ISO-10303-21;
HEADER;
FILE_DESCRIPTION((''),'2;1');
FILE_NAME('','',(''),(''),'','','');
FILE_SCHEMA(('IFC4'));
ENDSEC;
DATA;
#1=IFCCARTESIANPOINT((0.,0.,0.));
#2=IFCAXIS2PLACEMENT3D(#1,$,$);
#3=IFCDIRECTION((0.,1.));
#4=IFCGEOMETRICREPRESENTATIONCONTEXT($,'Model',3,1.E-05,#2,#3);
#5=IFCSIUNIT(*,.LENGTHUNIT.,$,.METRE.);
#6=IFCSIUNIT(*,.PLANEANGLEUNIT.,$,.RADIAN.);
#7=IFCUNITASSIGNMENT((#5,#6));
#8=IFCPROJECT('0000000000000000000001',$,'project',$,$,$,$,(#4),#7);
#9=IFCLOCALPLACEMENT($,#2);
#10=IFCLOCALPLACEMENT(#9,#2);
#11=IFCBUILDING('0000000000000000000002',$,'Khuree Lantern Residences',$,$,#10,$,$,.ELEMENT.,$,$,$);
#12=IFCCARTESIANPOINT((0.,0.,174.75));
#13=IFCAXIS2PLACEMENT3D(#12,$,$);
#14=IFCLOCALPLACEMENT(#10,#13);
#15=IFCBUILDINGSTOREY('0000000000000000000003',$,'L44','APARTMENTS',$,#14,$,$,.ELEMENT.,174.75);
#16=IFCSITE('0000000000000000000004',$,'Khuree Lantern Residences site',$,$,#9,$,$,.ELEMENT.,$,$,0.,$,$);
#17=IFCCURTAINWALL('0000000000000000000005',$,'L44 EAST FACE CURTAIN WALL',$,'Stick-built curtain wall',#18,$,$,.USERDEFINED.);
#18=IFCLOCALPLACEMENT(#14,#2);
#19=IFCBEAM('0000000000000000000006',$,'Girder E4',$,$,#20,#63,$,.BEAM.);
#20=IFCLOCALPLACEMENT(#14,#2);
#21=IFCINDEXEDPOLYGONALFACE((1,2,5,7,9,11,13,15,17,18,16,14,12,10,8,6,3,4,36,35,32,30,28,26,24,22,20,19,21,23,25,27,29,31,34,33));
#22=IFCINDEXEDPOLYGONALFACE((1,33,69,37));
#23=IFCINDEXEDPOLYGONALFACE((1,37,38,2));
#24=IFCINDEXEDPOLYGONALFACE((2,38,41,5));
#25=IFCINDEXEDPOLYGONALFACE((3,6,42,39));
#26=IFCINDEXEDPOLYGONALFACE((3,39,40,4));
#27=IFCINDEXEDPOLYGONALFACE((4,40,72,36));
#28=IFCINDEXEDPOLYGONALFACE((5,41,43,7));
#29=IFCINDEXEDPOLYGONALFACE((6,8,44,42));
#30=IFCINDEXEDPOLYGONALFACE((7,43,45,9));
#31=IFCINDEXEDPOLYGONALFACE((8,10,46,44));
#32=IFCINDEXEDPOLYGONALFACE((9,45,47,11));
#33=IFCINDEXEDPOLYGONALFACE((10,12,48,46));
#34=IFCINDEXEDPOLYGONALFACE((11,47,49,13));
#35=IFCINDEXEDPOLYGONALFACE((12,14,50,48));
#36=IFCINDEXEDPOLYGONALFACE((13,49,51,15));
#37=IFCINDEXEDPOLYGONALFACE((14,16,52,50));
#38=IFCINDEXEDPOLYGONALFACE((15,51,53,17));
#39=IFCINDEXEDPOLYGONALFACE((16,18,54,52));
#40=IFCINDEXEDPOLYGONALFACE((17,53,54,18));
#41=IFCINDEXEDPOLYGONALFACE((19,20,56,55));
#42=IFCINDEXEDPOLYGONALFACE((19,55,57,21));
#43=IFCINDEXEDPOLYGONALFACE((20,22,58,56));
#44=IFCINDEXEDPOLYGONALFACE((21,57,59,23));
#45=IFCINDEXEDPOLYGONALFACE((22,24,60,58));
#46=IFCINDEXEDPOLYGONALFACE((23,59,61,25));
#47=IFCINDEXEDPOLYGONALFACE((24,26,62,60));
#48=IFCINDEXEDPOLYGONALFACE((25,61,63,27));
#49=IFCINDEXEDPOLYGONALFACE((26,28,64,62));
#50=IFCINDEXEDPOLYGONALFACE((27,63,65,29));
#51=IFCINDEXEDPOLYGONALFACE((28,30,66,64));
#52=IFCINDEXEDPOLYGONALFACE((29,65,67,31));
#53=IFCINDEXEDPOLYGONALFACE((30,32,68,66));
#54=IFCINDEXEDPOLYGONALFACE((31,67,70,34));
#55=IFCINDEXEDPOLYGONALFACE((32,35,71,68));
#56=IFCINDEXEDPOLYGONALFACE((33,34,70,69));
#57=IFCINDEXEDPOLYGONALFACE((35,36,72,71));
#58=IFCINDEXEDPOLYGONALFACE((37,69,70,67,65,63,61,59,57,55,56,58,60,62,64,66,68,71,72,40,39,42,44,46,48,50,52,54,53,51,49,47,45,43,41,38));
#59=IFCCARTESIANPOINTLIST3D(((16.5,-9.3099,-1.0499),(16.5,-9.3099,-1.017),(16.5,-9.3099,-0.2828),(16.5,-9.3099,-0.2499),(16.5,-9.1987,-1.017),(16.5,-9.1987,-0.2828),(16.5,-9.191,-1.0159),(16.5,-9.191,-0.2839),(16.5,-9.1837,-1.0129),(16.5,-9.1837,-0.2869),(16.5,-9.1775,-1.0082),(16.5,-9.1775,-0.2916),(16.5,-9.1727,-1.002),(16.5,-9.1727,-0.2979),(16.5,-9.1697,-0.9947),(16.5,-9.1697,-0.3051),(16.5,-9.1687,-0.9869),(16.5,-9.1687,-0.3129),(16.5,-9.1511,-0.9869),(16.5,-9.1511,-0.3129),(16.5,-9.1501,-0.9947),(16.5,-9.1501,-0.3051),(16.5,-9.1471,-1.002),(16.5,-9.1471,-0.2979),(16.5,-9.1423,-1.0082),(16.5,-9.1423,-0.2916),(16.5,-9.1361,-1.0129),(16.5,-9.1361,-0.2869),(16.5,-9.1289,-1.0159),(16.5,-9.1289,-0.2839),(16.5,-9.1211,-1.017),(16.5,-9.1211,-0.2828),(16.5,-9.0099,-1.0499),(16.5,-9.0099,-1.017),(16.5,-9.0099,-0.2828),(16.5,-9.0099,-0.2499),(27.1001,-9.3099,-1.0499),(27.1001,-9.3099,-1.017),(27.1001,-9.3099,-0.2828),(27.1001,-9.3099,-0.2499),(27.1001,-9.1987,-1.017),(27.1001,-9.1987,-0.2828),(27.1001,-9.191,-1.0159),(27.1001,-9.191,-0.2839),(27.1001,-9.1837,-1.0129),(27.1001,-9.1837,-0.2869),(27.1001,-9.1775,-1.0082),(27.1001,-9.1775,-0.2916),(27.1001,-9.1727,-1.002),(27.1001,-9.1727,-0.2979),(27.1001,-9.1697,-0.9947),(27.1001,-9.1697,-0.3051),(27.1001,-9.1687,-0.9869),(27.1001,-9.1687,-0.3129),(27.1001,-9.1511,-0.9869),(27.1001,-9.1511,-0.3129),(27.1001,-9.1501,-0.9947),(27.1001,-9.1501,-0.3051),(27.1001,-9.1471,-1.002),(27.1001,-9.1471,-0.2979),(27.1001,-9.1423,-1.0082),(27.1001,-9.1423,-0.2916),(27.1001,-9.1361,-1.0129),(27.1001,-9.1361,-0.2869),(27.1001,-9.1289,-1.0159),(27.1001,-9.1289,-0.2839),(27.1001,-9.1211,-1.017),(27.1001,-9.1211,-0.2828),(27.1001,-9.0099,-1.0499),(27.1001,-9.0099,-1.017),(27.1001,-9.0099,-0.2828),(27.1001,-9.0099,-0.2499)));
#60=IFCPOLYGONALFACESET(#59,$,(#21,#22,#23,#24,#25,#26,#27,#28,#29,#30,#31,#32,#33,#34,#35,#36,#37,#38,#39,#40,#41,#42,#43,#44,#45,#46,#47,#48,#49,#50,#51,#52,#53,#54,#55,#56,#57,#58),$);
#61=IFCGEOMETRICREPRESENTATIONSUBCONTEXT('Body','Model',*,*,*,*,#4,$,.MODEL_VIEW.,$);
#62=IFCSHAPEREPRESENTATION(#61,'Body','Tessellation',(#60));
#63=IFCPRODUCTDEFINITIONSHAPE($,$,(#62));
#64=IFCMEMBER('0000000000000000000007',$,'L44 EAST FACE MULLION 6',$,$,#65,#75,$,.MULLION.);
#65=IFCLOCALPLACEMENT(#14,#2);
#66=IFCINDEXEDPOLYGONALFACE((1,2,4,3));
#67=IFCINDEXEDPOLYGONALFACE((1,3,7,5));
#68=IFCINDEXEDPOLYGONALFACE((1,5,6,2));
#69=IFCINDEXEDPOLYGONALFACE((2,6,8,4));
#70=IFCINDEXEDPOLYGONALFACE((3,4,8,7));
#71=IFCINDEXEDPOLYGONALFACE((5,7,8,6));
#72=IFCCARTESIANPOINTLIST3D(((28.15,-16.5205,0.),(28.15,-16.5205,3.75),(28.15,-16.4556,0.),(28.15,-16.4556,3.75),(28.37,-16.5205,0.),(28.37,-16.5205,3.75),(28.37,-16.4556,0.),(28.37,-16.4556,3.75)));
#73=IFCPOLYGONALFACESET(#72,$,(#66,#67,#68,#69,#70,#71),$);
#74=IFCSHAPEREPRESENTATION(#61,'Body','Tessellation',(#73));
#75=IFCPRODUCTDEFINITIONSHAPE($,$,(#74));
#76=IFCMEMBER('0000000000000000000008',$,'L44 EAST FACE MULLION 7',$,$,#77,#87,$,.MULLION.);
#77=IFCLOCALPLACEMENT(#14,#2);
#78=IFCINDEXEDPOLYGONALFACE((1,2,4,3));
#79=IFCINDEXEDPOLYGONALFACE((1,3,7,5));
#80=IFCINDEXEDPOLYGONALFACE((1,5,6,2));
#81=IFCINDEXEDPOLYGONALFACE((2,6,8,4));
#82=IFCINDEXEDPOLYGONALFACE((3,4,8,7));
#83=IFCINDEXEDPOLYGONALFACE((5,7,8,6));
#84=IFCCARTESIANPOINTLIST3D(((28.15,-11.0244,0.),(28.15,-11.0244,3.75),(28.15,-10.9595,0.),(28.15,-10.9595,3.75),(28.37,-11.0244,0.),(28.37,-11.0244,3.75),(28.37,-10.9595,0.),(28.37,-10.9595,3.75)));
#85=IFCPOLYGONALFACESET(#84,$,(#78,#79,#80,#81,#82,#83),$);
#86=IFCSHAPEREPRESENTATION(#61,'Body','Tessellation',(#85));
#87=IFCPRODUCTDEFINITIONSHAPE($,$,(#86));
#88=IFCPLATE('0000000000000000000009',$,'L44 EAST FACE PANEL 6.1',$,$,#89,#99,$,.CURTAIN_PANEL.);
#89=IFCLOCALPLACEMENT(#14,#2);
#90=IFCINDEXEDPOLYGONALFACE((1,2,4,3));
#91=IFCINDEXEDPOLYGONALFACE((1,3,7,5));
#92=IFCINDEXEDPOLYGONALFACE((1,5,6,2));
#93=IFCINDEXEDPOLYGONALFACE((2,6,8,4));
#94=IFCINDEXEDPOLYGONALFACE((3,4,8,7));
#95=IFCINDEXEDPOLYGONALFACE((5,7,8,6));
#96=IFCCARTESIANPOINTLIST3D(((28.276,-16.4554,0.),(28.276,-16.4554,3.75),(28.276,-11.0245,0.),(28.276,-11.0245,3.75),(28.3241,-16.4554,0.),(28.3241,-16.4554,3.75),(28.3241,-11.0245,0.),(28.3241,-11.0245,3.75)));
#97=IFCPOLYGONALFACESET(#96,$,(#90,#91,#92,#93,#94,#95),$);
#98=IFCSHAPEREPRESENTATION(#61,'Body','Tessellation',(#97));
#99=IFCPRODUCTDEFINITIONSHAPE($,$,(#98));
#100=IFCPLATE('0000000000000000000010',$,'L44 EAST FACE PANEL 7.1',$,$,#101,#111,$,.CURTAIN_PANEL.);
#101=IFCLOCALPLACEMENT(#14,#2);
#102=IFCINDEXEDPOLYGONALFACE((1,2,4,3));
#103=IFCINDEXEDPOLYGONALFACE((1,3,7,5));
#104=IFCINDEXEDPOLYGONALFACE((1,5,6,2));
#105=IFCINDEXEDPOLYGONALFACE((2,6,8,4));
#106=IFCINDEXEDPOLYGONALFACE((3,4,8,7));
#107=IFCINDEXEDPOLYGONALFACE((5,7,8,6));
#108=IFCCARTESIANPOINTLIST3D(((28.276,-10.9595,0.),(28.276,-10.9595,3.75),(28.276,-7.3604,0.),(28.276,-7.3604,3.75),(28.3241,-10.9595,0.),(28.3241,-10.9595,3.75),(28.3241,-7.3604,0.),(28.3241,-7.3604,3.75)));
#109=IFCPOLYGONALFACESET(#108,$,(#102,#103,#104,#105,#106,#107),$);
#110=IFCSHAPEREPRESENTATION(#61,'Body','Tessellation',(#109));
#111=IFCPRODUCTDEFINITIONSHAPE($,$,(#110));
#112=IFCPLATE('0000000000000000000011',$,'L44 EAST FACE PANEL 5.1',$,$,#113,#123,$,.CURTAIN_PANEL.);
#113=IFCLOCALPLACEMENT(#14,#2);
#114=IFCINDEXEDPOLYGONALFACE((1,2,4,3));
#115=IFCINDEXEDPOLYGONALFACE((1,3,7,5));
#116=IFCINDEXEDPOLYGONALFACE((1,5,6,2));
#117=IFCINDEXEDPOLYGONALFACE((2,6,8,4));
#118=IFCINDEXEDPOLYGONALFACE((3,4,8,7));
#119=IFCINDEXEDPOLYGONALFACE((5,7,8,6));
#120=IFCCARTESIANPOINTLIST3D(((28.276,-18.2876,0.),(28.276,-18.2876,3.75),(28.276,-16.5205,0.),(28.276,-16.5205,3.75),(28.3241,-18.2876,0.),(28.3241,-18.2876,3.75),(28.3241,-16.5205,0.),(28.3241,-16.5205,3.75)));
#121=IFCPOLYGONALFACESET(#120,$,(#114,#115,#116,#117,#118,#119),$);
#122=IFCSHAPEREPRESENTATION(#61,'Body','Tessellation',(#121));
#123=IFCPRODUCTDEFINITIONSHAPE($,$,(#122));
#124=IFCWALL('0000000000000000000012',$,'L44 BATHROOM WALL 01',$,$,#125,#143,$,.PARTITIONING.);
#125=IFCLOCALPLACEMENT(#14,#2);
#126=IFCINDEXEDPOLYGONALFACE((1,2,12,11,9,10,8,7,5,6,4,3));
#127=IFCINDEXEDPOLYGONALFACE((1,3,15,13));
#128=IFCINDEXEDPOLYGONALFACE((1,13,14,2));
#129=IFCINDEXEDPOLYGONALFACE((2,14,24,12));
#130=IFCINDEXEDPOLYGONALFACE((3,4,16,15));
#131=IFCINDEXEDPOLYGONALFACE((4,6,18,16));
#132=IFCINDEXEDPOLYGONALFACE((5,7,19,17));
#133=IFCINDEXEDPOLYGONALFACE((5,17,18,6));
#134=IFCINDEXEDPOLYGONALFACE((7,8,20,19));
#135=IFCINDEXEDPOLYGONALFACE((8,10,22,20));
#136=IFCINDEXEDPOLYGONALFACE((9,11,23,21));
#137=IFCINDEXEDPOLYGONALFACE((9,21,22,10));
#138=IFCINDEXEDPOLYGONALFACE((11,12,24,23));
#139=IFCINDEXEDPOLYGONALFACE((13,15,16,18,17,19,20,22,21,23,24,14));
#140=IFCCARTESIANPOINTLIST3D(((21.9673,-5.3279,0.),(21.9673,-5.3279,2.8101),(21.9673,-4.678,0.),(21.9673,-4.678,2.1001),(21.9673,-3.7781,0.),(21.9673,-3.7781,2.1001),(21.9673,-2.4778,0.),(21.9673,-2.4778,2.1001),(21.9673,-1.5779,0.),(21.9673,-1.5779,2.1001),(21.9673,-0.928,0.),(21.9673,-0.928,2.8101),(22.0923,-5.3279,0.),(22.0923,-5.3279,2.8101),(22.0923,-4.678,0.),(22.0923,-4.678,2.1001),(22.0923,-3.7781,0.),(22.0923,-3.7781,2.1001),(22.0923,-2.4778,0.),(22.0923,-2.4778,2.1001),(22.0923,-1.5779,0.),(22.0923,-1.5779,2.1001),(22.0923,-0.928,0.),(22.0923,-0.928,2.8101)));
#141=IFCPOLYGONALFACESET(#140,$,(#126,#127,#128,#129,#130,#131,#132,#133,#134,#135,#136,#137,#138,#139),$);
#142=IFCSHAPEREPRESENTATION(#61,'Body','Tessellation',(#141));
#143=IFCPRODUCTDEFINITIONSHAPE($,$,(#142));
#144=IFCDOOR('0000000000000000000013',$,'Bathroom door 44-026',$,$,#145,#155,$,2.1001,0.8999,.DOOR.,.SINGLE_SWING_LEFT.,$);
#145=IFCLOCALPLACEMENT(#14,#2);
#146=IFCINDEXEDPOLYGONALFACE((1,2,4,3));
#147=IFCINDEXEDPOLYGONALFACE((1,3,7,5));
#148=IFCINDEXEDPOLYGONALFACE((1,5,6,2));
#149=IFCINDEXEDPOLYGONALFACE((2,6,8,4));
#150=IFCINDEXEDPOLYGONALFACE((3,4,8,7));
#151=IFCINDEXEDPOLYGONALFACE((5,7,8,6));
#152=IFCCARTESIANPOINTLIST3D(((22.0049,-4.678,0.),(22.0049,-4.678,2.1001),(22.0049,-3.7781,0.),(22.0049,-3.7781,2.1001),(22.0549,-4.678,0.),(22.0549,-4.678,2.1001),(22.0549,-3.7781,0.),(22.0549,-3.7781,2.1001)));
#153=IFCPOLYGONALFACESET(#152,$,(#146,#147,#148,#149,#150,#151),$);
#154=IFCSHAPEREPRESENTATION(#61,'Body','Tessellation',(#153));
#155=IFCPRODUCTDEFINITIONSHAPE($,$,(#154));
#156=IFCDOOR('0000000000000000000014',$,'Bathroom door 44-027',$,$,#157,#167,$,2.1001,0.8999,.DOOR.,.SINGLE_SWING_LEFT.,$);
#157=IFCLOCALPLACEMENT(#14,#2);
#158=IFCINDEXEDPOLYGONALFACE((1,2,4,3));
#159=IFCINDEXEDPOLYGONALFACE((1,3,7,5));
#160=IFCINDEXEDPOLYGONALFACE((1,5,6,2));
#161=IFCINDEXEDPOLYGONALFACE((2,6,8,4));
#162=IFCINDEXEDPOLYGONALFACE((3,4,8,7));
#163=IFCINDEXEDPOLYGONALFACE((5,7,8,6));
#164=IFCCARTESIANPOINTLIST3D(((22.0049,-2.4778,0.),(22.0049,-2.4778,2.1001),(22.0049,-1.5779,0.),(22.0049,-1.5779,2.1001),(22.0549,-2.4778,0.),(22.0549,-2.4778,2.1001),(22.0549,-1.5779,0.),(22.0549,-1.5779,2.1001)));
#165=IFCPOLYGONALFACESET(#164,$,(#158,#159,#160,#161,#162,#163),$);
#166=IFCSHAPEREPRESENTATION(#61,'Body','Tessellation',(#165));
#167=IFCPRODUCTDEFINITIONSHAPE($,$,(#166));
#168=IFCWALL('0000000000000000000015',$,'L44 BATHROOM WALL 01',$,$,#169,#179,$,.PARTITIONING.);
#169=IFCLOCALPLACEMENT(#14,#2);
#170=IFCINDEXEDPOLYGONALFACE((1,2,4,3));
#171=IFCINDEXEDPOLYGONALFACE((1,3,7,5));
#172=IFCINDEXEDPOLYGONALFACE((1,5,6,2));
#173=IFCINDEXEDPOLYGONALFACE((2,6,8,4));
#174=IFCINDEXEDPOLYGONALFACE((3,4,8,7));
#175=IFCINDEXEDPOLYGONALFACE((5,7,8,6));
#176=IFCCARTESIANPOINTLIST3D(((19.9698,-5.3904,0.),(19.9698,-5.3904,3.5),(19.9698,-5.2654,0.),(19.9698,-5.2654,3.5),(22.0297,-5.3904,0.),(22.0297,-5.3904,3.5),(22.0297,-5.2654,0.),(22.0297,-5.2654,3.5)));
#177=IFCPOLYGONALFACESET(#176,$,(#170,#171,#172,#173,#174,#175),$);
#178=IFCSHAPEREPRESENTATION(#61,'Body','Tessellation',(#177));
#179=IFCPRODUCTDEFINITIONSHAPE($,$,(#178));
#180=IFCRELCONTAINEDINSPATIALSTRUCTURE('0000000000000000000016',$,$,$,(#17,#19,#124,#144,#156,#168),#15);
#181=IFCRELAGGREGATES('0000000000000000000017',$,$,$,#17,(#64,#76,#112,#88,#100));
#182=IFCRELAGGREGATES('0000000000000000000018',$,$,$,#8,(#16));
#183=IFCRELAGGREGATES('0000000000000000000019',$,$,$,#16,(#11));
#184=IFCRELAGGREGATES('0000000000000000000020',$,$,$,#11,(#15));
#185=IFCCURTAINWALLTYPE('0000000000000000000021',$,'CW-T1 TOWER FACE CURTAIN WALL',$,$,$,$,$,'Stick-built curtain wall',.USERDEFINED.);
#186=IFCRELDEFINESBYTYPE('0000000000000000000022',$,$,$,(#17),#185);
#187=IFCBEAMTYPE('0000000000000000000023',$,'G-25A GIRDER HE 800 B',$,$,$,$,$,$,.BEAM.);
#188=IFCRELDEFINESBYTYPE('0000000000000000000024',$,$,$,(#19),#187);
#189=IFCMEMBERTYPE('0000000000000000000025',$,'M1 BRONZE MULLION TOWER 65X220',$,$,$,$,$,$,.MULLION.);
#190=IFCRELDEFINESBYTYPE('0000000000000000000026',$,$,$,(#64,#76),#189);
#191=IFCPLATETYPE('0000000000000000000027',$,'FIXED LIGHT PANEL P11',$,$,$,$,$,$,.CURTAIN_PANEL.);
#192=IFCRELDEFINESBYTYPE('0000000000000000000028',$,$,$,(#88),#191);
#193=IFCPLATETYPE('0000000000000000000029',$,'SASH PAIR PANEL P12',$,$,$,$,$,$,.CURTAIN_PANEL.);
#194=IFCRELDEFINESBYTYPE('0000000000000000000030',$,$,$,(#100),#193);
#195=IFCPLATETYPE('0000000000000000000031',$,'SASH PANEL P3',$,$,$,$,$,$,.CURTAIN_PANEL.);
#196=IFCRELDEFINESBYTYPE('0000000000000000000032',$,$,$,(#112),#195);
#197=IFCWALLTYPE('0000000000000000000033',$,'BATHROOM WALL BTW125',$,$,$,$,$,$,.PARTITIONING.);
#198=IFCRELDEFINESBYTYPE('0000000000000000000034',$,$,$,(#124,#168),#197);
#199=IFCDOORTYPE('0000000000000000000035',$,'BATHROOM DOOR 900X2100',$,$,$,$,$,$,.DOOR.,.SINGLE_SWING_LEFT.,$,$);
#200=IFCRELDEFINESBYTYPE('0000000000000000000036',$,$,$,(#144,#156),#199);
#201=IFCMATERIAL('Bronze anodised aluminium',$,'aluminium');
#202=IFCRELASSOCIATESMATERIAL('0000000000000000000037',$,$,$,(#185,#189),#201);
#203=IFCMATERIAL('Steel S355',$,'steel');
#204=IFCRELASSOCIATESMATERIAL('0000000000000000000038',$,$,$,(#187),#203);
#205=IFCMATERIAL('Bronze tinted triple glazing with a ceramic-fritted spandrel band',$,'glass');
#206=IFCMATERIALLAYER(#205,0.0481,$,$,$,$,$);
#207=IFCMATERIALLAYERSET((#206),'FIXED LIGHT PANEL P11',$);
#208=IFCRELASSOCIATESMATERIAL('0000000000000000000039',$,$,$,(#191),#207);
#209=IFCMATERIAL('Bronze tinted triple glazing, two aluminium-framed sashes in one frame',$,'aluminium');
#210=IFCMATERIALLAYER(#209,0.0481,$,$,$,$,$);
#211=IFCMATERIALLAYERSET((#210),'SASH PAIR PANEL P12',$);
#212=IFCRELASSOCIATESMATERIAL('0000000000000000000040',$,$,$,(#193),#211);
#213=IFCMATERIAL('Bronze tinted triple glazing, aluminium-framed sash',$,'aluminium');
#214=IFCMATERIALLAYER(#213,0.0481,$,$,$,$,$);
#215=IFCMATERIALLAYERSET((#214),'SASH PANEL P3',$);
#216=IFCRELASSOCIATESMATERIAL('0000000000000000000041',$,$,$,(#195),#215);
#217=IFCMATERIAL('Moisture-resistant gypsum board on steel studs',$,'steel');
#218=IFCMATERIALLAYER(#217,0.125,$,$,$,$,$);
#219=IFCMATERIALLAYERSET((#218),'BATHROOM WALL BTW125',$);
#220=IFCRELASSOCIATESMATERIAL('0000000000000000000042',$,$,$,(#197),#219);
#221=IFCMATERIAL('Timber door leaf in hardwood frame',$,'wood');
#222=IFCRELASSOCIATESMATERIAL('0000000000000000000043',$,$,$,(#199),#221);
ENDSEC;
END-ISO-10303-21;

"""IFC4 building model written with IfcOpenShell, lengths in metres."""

from ifc_helpers import new_model, si_unit, direction, frame, frame_2d, origin, origin_2d, place, context, subcontext, project, spatial, rectangle, i_section, extrude, material, layer, layer_set, material_profile, profile_set, type_object, element, fill, aggregate, save


model = new_model("IFC4")

# Units and contexts
model_context = context("Model", 3, precision=1e-05, world=origin(), true_north=direction((0.0, 1.0)))
body_context = subcontext(model_context, "Body", "Model", "MODEL_VIEW")
ifc_project = project(units=[si_unit("LENGTHUNIT", "METRE"), si_unit("PLANEANGLEUNIT", "RADIAN")], contexts=[model_context])

# Site, building, storey
site_placement = place(None, origin())
site = spatial("IfcSite", under=ifc_project, at=site_placement, Name="Khuree Lantern Residences site", CompositionType="ELEMENT", RefElevation=0.0)
building_placement = place(site_placement, origin())
building = spatial("IfcBuilding", under=site, at=building_placement, Name="Khuree Lantern Residences", CompositionType="ELEMENT")
storey_placement = place(building_placement, frame((0.0, 0.0, 174.75)))
storey = spatial("IfcBuildingStorey", under=building, at=storey_placement, Name="L44", Description="APARTMENTS", CompositionType="ELEMENT", Elevation=174.75)

# Shared definitions
ifc_material_1 = material(Name="Steel S355", Category="steel")

# Curtain wall
ifc_material_2 = material(Name="Bronze anodised aluminium", Category="aluminium")
curtain_wall_type = type_object("IfcCurtainWallType", Name="CW-T1 TOWER FACE CURTAIN WALL", ElementType="Stick-built curtain wall", PredefinedType="USERDEFINED", material=ifc_material_2)
curtain_wall_placement = place(storey_placement, origin())
curtain_wall = element("IfcCurtainWall", 1, at=curtain_wall_placement, inside=storey, type_object=curtain_wall_type, Name="L44 EAST FACE CURTAIN WALL", ObjectType="Stick-built curtain wall", PredefinedType="USERDEFINED")

# Beam
ifc_material_profile_1 = material_profile(ifc_material_1, i_section(OverallWidth=0.3, OverallDepth=0.8, WebThickness=0.0176, FlangeThickness=0.033, FilletRadius=0.03, at=origin_2d()), Name="HE 800 B")
ifc_profile_set_1 = profile_set([ifc_material_profile_1], Name="Steel S355")
beam_type_1 = type_object("IfcBeamType", Name="G-25A GIRDER HE 800 B", PredefinedType="BEAM", material=ifc_profile_set_1)
beam_1_placement = place(storey_placement, frame((27.1001, -9.1599, -0.6499), z_axis=(-1.0, 0.0, 0.0), x_axis=(0.0, -1.0, 0.0)))
element("IfcBeam", 2, at=beam_1_placement, inside=storey, type_object=beam_type_1, Name="Girder E4", PredefinedType="BEAM", context=body_context, shape_type="SweptSolid", body=[
    extrude(i_section(OverallWidth=0.3, OverallDepth=0.8, WebThickness=0.0176, FlangeThickness=0.033, FilletRadius=0.03, at=origin_2d()), origin(), (0.0, 0.0, 1.0), 10.6001),
])

# Members
ifc_material_profile_2 = material_profile(ifc_material_2, rectangle(XDim=0.0649, YDim=0.22, at=origin_2d()), Name="M1 65X220")
ifc_profile_set_2 = profile_set([ifc_material_profile_2], Name="Bronze anodised aluminium")
member_type_1 = type_object("IfcMemberType", Name="M1 BRONZE MULLION TOWER 65X220", PredefinedType="MULLION", material=ifc_profile_set_2)
member_1_placement = place(storey_placement, frame((28.26, -16.488, 0.0), z_axis=(0.0, 0.0, 1.0), x_axis=(0.0, 1.0, 0.0)))
member_1 = element("IfcMember", 3, at=member_1_placement, type_object=member_type_1, Name="L44 EAST FACE MULLION 6", PredefinedType="MULLION", context=body_context, shape_type="SweptSolid", body=[
    extrude(rectangle(XDim=0.0649, YDim=0.22, at=origin_2d()), origin(), (0.0, 0.0, 1.0), 3.75),
])
member_2_placement = place(storey_placement, frame((28.26, -10.9919, 0.0), z_axis=(0.0, 0.0, 1.0), x_axis=(0.0, 1.0, 0.0)))
member_2 = element("IfcMember", 4, at=member_2_placement, type_object=member_type_1, Name="L44 EAST FACE MULLION 7", PredefinedType="MULLION", context=body_context, shape_type="SweptSolid", body=[
    extrude(rectangle(XDim=0.0649, YDim=0.22, at=origin_2d()), origin(), (0.0, 0.0, 1.0), 3.75),
])

# Plates
ifc_material_3 = material(Name="Bronze tinted triple glazing with a ceramic-fritted spandrel band", Category="glass")
ifc_layer_1 = layer(ifc_material_3, 0.0481)
ifc_layer_set_1 = layer_set([ifc_layer_1], Name="FIXED LIGHT PANEL P11")
plate_type_1 = type_object("IfcPlateType", Name="FIXED LIGHT PANEL P11", PredefinedType="CURTAIN_PANEL", material=ifc_layer_set_1)
plate_1_placement = place(storey_placement, frame((28.3, -13.74, 0.0), z_axis=(0.0, 0.0, 1.0), x_axis=(0.0, 1.0, 0.0)))
plate_1 = element("IfcPlate", 5, at=plate_1_placement, type_object=plate_type_1, Name="L44 EAST FACE PANEL 6.1", PredefinedType="CURTAIN_PANEL", context=body_context, shape_type="SweptSolid", body=[
    extrude(rectangle(XDim=5.4309, YDim=0.0481, at=origin_2d()), origin(), (0.0, 0.0, 1.0), 3.75),
])
ifc_material_4 = material(Name="Bronze tinted triple glazing, two aluminium-framed sashes in one frame", Category="aluminium")
ifc_layer_2 = layer(ifc_material_4, 0.0481)
ifc_layer_set_2 = layer_set([ifc_layer_2], Name="SASH PAIR PANEL P12")
plate_type_2 = type_object("IfcPlateType", Name="SASH PAIR PANEL P12", PredefinedType="CURTAIN_PANEL", material=ifc_layer_set_2)
plate_2_placement = place(storey_placement, frame((28.3, -9.1599, 0.0), z_axis=(0.0, 0.0, 1.0), x_axis=(0.0, 1.0, 0.0)))
plate_2 = element("IfcPlate", 6, at=plate_2_placement, type_object=plate_type_2, Name="L44 EAST FACE PANEL 7.1", PredefinedType="CURTAIN_PANEL", context=body_context, shape_type="SweptSolid", body=[
    extrude(rectangle(XDim=3.5991, YDim=0.0481, at=origin_2d()), origin(), (0.0, 0.0, 1.0), 3.75),
])
ifc_material_5 = material(Name="Bronze tinted triple glazing, aluminium-framed sash", Category="aluminium")
ifc_layer_3 = layer(ifc_material_5, 0.0481)
ifc_layer_set_3 = layer_set([ifc_layer_3], Name="SASH PANEL P3")
plate_type_3 = type_object("IfcPlateType", Name="SASH PANEL P3", PredefinedType="CURTAIN_PANEL", material=ifc_layer_set_3)
plate_3_placement = place(storey_placement, frame((28.3, -17.4041, 0.0), z_axis=(0.0, 0.0, 1.0), x_axis=(0.0, 1.0, 0.0)))
plate_3 = element("IfcPlate", 7, at=plate_3_placement, type_object=plate_type_3, Name="L44 EAST FACE PANEL 5.1", PredefinedType="CURTAIN_PANEL", context=body_context, shape_type="SweptSolid", body=[
    extrude(rectangle(XDim=1.7671, YDim=0.0481, at=origin_2d()), origin(), (0.0, 0.0, 1.0), 3.75),
])
aggregate(curtain_wall, [member_1, member_2, plate_3, plate_1, plate_2])

# Wall, openings, doors
ifc_material_6 = material(Name="Moisture-resistant gypsum board on steel studs", Category="steel")
ifc_layer_4 = layer(ifc_material_6, 0.125)
ifc_layer_set_4 = layer_set([ifc_layer_4], Name="BATHROOM WALL BTW125")
wall_type_1 = type_object("IfcWallType", Name="BATHROOM WALL BTW125", PredefinedType="PARTITIONING", material=ifc_layer_set_4)
wall_1_placement = place(storey_placement, frame((22.0298, -5.3279, 0.0), z_axis=(0.0, 0.0, 1.0), x_axis=(0.0, 1.0, 0.0)))
wall_1 = element("IfcWall", 8, at=wall_1_placement, inside=storey, type_object=wall_type_1, Name="L44 BATHROOM WALL 01", PredefinedType="PARTITIONING", context=body_context, shape_type="SweptSolid", body=[
    extrude(rectangle(XDim=4.3999, YDim=0.125, at=frame_2d((2.2, 0.0))), origin(), (0.0, 0.0, 1.0), 2.8101),
])
opening_1_placement = place(wall_1_placement, frame((0.6499, 0.0, 0.0)))
opening_1 = element("IfcOpeningElement", 9, at=opening_1_placement, cuts=wall_1, PredefinedType="OPENING", context=body_context, shape_type="SweptSolid", body=[
    extrude(rectangle(XDim=0.8999, YDim=2.1001, at=frame_2d((0.45, 1.05))), frame((0.0, 0.0725, 0.0), z_axis=(0.0, -1.0, 0.0), x_axis=(1.0, 0.0, 0.0)), (0.0, 0.0, 1.0), 0.145),
])
opening_2_placement = place(wall_1_placement, frame((2.8501, 0.0, 0.0)))
opening_2 = element("IfcOpeningElement", 10, at=opening_2_placement, cuts=wall_1, PredefinedType="OPENING", context=body_context, shape_type="SweptSolid", body=[
    extrude(rectangle(XDim=0.8999, YDim=2.1001, at=frame_2d((0.45, 1.05))), frame((0.0, 0.0725, 0.0), z_axis=(0.0, -1.0, 0.0), x_axis=(1.0, 0.0, 0.0)), (0.0, 0.0, 1.0), 0.145),
])
ifc_material_7 = material(Name="Timber door leaf in hardwood frame", Category="wood")
door_type_1 = type_object("IfcDoorType", Name="BATHROOM DOOR 900X2100", OperationType="SINGLE_SWING_LEFT", PredefinedType="DOOR", material=ifc_material_7)
door_1_placement = place(opening_1_placement, origin())
door_1 = element("IfcDoor", 11, at=door_1_placement, inside=storey, type_object=door_type_1, Name="Bathroom door 44-026", OperationType="SINGLE_SWING_LEFT", OverallHeight=2.1001, OverallWidth=0.8999, PredefinedType="DOOR", context=body_context, shape_type="SweptSolid", body=[
    extrude(rectangle(XDim=0.8999, YDim=2.1001, at=frame_2d((0.45, 1.05))), frame((0.0, 0.0249, 0.0), z_axis=(0.0, -1.0, 0.0), x_axis=(1.0, 0.0, 0.0)), (0.0, 0.0, 1.0), 0.05),
])
fill(opening_1, door_1)
door_2_placement = place(opening_2_placement, origin())
door_2 = element("IfcDoor", 12, at=door_2_placement, inside=storey, type_object=door_type_1, Name="Bathroom door 44-027", OperationType="SINGLE_SWING_LEFT", OverallHeight=2.1001, OverallWidth=0.8999, PredefinedType="DOOR", context=body_context, shape_type="SweptSolid", body=[
    extrude(rectangle(XDim=0.8999, YDim=2.1001, at=frame_2d((0.45, 1.05))), frame((0.0, 0.0249, 0.0), z_axis=(0.0, -1.0, 0.0), x_axis=(1.0, 0.0, 0.0)), (0.0, 0.0, 1.0), 0.05),
])
fill(opening_2, door_2)

# Wall
wall_2_placement = place(storey_placement, frame((19.97, -5.3279, 0.0), z_axis=(0.0, 0.0, 1.0), x_axis=(1.0, 0.0, 0.0)))
element("IfcWall", 13, at=wall_2_placement, inside=storey, type_object=wall_type_1, Name="L44 BATHROOM WALL 01", PredefinedType="PARTITIONING", context=body_context, shape_type="SweptSolid", body=[
    extrude(rectangle(XDim=2.0598, YDim=0.125, at=frame_2d((1.0298, 0.0))), origin(), (0.0, 0.0, 1.0), 3.5),
])

save(model, "model.ifc")
